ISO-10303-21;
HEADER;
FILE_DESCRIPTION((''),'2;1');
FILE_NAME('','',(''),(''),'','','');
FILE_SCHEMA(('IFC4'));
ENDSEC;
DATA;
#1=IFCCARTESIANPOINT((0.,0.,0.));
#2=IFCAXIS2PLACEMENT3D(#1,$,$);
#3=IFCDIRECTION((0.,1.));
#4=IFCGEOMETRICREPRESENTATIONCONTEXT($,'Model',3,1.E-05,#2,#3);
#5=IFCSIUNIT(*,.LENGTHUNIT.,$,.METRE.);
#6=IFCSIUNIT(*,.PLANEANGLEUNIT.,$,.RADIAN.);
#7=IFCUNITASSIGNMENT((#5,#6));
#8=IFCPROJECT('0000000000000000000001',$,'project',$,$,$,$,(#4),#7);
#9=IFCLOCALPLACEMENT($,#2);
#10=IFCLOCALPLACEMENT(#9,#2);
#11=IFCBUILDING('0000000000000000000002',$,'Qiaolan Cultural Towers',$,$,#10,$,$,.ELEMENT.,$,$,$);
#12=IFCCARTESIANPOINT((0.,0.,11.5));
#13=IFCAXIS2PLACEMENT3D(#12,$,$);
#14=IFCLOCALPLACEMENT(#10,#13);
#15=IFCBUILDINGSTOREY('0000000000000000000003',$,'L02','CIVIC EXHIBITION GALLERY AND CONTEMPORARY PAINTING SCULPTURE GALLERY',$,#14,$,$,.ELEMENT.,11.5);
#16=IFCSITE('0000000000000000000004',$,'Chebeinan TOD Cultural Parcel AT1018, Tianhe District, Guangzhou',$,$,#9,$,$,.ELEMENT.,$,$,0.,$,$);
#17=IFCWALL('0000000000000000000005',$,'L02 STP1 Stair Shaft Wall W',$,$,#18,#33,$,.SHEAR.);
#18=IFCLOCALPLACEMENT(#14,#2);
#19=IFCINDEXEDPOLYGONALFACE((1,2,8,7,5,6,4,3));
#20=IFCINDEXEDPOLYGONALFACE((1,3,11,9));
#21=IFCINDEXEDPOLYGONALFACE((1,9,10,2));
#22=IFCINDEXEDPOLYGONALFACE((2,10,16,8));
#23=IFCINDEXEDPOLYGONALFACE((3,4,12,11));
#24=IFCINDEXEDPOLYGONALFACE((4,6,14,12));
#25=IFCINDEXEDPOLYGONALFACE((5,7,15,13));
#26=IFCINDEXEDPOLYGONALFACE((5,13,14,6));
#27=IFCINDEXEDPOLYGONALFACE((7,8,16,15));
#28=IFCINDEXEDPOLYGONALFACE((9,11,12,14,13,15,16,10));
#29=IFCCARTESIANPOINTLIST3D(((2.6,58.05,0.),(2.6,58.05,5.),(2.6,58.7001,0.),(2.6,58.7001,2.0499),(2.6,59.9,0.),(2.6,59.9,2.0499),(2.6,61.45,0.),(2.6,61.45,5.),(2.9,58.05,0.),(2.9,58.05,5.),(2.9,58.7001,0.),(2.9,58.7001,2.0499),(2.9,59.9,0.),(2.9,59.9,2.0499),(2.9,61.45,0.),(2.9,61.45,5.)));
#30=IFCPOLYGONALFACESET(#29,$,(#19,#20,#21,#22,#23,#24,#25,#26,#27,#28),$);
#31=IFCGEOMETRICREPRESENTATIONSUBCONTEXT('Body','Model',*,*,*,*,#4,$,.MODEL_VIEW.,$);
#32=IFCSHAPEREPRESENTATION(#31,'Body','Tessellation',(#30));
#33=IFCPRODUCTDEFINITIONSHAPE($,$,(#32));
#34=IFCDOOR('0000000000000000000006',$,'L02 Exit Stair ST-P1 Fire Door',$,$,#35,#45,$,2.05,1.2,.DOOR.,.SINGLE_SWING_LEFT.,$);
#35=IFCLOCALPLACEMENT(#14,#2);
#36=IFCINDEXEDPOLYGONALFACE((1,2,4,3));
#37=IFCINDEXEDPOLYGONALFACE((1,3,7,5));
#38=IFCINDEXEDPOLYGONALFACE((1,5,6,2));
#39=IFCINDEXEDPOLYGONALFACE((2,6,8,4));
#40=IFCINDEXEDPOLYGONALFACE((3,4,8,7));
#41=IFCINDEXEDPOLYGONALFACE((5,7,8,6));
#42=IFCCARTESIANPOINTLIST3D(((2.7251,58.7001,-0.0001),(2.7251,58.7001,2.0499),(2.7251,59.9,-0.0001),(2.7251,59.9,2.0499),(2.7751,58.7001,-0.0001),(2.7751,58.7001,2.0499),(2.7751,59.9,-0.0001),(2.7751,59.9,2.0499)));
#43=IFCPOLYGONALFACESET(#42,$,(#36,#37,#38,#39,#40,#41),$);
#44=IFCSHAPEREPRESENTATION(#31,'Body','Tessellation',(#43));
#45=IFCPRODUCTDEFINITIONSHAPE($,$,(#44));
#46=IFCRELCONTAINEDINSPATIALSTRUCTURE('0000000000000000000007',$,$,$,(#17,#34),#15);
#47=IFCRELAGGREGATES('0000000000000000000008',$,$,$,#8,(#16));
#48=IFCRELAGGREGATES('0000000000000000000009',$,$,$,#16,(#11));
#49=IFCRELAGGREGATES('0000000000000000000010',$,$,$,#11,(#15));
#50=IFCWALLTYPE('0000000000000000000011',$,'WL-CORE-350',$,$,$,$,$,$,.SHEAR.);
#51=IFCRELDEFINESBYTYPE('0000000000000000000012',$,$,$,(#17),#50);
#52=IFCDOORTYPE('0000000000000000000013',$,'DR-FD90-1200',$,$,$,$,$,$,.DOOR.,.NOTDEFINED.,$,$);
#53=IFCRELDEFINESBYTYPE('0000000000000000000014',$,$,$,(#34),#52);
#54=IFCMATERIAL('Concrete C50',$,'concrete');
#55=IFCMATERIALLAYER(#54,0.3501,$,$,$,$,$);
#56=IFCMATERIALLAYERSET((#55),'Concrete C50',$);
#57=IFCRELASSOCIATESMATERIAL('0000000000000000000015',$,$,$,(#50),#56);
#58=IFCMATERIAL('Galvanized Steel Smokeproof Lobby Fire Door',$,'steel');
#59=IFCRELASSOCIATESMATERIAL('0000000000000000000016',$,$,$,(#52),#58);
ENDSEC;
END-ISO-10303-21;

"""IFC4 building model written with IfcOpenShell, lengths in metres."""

from ifc_helpers import new_model, si_unit, direction, frame, frame_2d, origin, place, context, subcontext, project, spatial, rectangle, extrude, material, layer, layer_set, type_object, element, fill, save


model = new_model("IFC4")

# Units and contexts
model_context = context("Model", 3, precision=1e-05, world=origin(), true_north=direction((0.0, 1.0)))
body_context = subcontext(model_context, "Body", "Model", "MODEL_VIEW")
ifc_project = project(units=[si_unit("LENGTHUNIT", "METRE"), si_unit("PLANEANGLEUNIT", "RADIAN")], contexts=[model_context])

# Site, building, storey
site_placement = place(None, origin())
site = spatial("IfcSite", under=ifc_project, at=site_placement, Name="Chebeinan TOD Cultural Parcel AT1018, Tianhe District, Guangzhou", CompositionType="ELEMENT", RefElevation=0.0)
building_placement = place(site_placement, origin())
building = spatial("IfcBuilding", under=site, at=building_placement, Name="Qiaolan Cultural Towers", CompositionType="ELEMENT")
storey_placement = place(building_placement, frame((0.0, 0.0, 11.5)))
storey = spatial("IfcBuildingStorey", under=building, at=storey_placement, Name="L02", Description="CIVIC EXHIBITION GALLERY AND CONTEMPORARY PAINTING SCULPTURE GALLERY", CompositionType="ELEMENT", Elevation=11.5)

# Shared definitions
ifc_material_1 = material(Name="Concrete C50", Category="concrete")
ifc_layer_1 = layer(ifc_material_1, 0.3501)
ifc_layer_set_1 = layer_set([ifc_layer_1], Name="Concrete C50")
wall_type_1 = type_object("IfcWallType", Name="WL-CORE-350", PredefinedType="SHEAR", material=ifc_layer_set_1)

# Wall, opening, door
wall_1_placement = place(storey_placement, frame((2.75, 58.05, 0.0), z_axis=(0.0, 0.0, 1.0), x_axis=(0.0, 1.0, 0.0)))
wall_1 = element("IfcWall", 1, at=wall_1_placement, inside=storey, type_object=wall_type_1, Name="L02 STP1 Stair Shaft Wall W", PredefinedType="SHEAR", context=body_context, shape_type="SweptSolid", body=[
    extrude(rectangle(XDim=3.3999, YDim=0.3, at=frame_2d((1.7, 0.0))), origin(), (0.0, 0.0, 1.0), 5.0),
])
opening_1_placement = place(wall_1_placement, frame((0.6499, 0.0, 0.0)))
opening_1 = element("IfcOpeningElement", 2, at=opening_1_placement, cuts=wall_1, PredefinedType="OPENING", context=body_context, shape_type="SweptSolid", body=[
    extrude(rectangle(XDim=1.2, YDim=2.05, at=frame_2d((0.6001, 1.0249))), frame((0.0, 0.1599, 0.0), z_axis=(0.0, -1.0, 0.0), x_axis=(1.0, 0.0, 0.0)), (0.0, 0.0, 1.0), 0.3201),
])
ifc_material_2 = material(Name="Galvanized Steel Smokeproof Lobby Fire Door", Category="steel")
door_type = type_object("IfcDoorType", Name="DR-FD90-1200", OperationType="NOTDEFINED", PredefinedType="DOOR", material=ifc_material_2)
door_placement = place(opening_1_placement, origin())
door = element("IfcDoor", 3, at=door_placement, inside=storey, type_object=door_type, Name="L02 Exit Stair ST-P1 Fire Door", OperationType="SINGLE_SWING_LEFT", OverallHeight=2.05, OverallWidth=1.2, PredefinedType="DOOR", context=body_context, shape_type="SweptSolid", body=[
    extrude(rectangle(XDim=1.2, YDim=2.05, at=frame_2d((0.6001, 1.0249))), frame((0.0, 0.0249, 0.0), z_axis=(0.0, -1.0, 0.0), x_axis=(1.0, 0.0, 0.0)), (0.0, 0.0, 1.0), 0.05),
])
fill(opening_1, door)

save(model, "model.ifc")
